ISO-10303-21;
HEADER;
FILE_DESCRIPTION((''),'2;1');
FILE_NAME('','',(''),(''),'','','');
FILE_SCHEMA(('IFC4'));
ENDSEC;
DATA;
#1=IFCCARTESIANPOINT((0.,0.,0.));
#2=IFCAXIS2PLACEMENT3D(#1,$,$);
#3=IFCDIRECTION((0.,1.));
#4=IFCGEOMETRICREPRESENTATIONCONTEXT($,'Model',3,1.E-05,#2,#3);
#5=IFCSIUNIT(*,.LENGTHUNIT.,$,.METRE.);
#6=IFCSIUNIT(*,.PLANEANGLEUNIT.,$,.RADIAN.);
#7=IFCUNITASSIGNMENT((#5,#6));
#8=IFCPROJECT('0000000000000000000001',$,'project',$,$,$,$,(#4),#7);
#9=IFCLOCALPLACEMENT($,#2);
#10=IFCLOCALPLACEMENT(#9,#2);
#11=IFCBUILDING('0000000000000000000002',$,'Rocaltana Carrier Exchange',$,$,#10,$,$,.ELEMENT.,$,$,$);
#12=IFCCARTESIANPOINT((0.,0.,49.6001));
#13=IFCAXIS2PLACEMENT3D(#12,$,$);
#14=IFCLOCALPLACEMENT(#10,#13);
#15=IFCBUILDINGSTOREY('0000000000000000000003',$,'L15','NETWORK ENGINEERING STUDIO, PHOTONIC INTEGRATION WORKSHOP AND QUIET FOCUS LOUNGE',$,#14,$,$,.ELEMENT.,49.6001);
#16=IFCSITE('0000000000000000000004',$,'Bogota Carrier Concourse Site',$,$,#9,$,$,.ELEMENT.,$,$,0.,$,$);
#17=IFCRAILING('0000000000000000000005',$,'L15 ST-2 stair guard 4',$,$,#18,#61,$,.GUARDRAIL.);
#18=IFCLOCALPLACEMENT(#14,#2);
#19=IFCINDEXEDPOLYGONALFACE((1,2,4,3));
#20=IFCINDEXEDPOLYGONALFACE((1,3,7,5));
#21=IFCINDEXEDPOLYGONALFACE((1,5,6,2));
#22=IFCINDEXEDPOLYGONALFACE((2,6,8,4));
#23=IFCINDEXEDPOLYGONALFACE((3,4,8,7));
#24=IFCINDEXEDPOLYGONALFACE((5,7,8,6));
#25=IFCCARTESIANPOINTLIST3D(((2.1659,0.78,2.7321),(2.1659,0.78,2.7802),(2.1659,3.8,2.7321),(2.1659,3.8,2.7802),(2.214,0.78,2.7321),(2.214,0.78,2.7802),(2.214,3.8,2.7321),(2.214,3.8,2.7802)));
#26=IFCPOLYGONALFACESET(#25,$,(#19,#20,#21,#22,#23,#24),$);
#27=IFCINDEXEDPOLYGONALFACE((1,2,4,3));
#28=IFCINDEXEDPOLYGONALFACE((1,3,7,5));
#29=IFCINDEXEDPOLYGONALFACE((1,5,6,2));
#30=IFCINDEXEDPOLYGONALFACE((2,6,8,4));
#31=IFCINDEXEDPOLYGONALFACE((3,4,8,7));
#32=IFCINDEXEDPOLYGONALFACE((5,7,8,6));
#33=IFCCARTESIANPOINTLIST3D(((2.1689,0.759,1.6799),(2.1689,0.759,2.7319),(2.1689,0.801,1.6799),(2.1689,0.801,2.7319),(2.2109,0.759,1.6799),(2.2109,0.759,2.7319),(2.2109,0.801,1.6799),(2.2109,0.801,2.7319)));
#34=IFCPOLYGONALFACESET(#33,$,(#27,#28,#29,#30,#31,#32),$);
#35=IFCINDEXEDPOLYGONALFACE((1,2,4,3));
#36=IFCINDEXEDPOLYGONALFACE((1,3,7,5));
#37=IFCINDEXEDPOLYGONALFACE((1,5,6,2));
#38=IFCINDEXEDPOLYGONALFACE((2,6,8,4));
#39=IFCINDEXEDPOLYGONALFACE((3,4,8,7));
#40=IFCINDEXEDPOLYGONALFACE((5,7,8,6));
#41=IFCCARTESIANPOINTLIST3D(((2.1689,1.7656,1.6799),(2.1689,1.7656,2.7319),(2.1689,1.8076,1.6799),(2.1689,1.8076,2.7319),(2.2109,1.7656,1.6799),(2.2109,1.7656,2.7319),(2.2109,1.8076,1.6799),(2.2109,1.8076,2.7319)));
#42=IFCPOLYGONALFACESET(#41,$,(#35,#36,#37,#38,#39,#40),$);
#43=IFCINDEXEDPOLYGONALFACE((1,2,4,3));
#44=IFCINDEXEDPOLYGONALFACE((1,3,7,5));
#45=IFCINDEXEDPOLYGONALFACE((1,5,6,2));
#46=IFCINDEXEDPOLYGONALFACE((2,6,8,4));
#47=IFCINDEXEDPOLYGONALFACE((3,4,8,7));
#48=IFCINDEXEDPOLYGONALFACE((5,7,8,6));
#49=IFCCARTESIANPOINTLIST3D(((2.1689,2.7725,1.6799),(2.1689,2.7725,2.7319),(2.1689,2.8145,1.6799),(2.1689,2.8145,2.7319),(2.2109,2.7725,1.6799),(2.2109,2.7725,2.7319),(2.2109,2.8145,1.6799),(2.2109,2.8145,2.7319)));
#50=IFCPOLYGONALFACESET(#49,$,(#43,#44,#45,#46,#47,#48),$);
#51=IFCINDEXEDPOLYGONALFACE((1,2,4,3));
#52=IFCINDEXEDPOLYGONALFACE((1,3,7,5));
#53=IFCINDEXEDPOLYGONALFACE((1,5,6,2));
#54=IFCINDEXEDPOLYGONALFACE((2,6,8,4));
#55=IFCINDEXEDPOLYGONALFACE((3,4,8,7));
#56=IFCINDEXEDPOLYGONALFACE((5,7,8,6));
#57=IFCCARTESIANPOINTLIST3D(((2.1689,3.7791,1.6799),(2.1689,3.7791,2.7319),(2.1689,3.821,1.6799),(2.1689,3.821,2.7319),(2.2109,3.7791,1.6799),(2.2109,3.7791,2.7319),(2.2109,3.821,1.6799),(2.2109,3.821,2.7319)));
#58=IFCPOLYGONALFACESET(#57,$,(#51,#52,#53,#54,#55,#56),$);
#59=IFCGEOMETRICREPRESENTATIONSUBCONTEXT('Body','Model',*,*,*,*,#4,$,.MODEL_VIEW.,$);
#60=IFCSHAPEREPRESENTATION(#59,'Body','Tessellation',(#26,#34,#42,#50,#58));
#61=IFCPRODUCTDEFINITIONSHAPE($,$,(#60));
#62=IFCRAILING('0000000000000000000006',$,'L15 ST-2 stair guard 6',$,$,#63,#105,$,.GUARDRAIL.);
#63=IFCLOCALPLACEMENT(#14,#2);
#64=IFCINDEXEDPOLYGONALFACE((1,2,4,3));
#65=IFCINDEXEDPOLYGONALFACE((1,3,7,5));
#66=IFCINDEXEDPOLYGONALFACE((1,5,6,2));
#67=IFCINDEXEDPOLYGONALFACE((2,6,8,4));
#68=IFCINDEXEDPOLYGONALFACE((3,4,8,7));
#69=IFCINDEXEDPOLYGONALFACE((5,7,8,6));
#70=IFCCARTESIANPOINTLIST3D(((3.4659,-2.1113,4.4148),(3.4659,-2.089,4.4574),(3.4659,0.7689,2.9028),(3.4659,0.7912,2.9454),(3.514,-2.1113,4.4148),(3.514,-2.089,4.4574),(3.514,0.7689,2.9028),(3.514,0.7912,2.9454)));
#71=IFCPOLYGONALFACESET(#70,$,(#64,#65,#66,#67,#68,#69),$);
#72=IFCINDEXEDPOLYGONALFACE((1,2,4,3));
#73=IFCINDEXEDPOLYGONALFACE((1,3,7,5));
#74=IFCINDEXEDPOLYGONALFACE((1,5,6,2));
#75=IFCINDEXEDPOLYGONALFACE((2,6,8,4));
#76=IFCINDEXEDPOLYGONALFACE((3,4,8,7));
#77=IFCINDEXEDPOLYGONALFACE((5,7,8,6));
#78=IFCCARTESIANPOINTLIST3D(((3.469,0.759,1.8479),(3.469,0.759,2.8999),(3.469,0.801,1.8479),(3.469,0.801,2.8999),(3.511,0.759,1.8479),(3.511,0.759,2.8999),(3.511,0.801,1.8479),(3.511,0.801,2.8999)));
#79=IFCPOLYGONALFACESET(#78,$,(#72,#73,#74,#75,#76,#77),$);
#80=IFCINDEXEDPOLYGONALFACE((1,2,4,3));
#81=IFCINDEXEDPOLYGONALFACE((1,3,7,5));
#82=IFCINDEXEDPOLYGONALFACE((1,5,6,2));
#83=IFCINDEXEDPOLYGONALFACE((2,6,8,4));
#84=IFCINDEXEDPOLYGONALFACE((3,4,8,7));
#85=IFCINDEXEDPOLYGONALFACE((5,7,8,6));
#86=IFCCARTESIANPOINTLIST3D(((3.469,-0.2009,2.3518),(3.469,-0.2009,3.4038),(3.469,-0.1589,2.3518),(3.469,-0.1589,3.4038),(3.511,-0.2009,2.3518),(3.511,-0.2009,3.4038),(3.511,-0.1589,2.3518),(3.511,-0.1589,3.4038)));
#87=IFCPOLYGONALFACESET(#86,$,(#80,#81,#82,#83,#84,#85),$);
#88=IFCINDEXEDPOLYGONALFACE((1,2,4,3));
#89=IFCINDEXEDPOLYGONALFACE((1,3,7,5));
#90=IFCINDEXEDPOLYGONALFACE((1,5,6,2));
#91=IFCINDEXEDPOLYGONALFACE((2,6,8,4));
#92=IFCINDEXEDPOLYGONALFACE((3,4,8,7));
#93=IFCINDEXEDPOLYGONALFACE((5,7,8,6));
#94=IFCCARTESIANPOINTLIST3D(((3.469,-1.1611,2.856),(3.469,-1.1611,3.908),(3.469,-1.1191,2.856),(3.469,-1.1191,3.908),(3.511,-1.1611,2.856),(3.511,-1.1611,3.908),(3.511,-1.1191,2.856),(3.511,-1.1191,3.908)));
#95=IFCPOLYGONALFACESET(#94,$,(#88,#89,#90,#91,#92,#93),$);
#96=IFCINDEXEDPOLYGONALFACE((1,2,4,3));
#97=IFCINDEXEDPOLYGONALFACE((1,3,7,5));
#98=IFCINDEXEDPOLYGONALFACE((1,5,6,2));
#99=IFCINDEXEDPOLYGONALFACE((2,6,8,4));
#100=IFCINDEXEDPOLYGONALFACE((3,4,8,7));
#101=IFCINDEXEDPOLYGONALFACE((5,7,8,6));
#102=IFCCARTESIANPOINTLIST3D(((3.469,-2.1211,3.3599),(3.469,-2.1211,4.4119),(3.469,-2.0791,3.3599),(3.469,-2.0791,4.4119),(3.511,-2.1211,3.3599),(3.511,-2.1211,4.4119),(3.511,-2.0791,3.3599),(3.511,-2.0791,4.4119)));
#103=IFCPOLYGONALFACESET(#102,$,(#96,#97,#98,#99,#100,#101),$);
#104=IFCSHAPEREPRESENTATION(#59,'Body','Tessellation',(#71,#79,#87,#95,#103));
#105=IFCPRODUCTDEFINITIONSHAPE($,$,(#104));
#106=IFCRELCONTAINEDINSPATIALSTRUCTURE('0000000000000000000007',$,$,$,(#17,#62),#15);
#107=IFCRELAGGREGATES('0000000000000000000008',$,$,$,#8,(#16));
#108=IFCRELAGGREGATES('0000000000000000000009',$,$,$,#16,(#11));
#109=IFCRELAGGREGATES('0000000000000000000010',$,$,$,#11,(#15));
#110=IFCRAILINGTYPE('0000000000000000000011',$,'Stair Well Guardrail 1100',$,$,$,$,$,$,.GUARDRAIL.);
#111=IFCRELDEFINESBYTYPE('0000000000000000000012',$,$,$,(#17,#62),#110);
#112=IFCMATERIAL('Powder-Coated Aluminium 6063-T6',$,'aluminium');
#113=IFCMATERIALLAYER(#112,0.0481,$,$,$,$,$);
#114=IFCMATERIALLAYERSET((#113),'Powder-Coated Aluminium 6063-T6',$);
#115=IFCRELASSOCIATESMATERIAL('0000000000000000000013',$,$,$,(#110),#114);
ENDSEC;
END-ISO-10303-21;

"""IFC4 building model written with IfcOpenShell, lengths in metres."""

from ifc_helpers import new_model, si_unit, direction, frame, origin, origin_2d, place, context, subcontext, project, spatial, rectangle, extrude, material, layer, layer_set, type_object, element, save


model = new_model("IFC4")

# Units and contexts
model_context = context("Model", 3, precision=1e-05, world=origin(), true_north=direction((0.0, 1.0)))
body_context = subcontext(model_context, "Body", "Model", "MODEL_VIEW")
ifc_project = project(units=[si_unit("LENGTHUNIT", "METRE"), si_unit("PLANEANGLEUNIT", "RADIAN")], contexts=[model_context])

# Site, building, storey
site_placement = place(None, origin())
site = spatial("IfcSite", under=ifc_project, at=site_placement, Name="Bogota Carrier Concourse Site", CompositionType="ELEMENT", RefElevation=0.0)
building_placement = place(site_placement, origin())
building = spatial("IfcBuilding", under=site, at=building_placement, Name="Rocaltana Carrier Exchange", CompositionType="ELEMENT")
storey_placement = place(building_placement, frame((0.0, 0.0, 49.6001)))
storey = spatial("IfcBuildingStorey", under=building, at=storey_placement, Name="L15", Description="NETWORK ENGINEERING STUDIO, PHOTONIC INTEGRATION WORKSHOP AND QUIET FOCUS LOUNGE", CompositionType="ELEMENT", Elevation=49.6001)

# Railings
ifc_material_1 = material(Name="Powder-Coated Aluminium 6063-T6", Category="aluminium")
ifc_layer_1 = layer(ifc_material_1, 0.0481)
ifc_layer_set_1 = layer_set([ifc_layer_1], Name="Powder-Coated Aluminium 6063-T6")
railing_type_1 = type_object("IfcRailingType", Name="Stair Well Guardrail 1100", PredefinedType="GUARDRAIL", material=ifc_layer_set_1)
for number, where, name in (
    (1, (2.1899, 0.78, 1.6799), "L15 ST-2 stair guard 4"),
):
    element("IfcRailing", number, at=place(storey_placement, frame(where)), inside=storey, type_object=railing_type_1, Name=name, PredefinedType="GUARDRAIL", context=body_context, shape_type="SweptSolid", body=[
        extrude(rectangle(XDim=0.0481, YDim=0.0481, at=origin_2d()), frame((0.0, 0.0, 1.0762), z_axis=(0.0, 1.0, 0.0), x_axis=(-1.0, 0.0, 0.0)), (0.0, 0.0, 1.0), 3.02),
        extrude(rectangle(XDim=0.042, YDim=0.042, at=origin_2d()), origin(), (0.0, 0.0, 1.0), 1.052),
        extrude(rectangle(XDim=0.042, YDim=0.042, at=origin_2d()), frame((0.0, 1.0066, 0.0)), (0.0, 0.0, 1.0), 1.052),
        extrude(rectangle(XDim=0.042, YDim=0.042, at=origin_2d()), frame((0.0, 2.0134, 0.0)), (0.0, 0.0, 1.0), 1.052),
        extrude(rectangle(XDim=0.042, YDim=0.042, at=origin_2d()), frame((0.0, 3.02, 0.0)), (0.0, 0.0, 1.0), 1.052),
    ])
railing_1_placement = place(storey_placement, frame((3.49, 0.78, 1.8479)))
element("IfcRailing", 2, at=railing_1_placement, inside=storey, type_object=railing_type_1, Name="L15 ST-2 stair guard 6", PredefinedType="GUARDRAIL", context=body_context, shape_type="SweptSolid", body=[
    extrude(rectangle(XDim=0.0481, YDim=0.0481, at=origin_2d()), frame((0.0, 0.0, 1.0762), z_axis=(0.0, -0.885411, 0.464809), x_axis=(1.0, 0.0, 0.0)), (0.0, 0.0, 1.0), 3.2529),
    extrude(rectangle(XDim=0.042, YDim=0.042, at=origin_2d()), origin(), (0.0, 0.0, 1.0), 1.052),
    extrude(rectangle(XDim=0.042, YDim=0.042, at=origin_2d()), frame((0.0, -0.96, 0.5039)), (0.0, 0.0, 1.0), 1.052),
    extrude(rectangle(XDim=0.042, YDim=0.042, at=origin_2d()), frame((0.0, -1.9202, 1.0081)), (0.0, 0.0, 1.0), 1.052),
    extrude(rectangle(XDim=0.042, YDim=0.042, at=origin_2d()), frame((0.0, -2.8801, 1.512)), (0.0, 0.0, 1.0), 1.052),
])

save(model, "model.ifc")
